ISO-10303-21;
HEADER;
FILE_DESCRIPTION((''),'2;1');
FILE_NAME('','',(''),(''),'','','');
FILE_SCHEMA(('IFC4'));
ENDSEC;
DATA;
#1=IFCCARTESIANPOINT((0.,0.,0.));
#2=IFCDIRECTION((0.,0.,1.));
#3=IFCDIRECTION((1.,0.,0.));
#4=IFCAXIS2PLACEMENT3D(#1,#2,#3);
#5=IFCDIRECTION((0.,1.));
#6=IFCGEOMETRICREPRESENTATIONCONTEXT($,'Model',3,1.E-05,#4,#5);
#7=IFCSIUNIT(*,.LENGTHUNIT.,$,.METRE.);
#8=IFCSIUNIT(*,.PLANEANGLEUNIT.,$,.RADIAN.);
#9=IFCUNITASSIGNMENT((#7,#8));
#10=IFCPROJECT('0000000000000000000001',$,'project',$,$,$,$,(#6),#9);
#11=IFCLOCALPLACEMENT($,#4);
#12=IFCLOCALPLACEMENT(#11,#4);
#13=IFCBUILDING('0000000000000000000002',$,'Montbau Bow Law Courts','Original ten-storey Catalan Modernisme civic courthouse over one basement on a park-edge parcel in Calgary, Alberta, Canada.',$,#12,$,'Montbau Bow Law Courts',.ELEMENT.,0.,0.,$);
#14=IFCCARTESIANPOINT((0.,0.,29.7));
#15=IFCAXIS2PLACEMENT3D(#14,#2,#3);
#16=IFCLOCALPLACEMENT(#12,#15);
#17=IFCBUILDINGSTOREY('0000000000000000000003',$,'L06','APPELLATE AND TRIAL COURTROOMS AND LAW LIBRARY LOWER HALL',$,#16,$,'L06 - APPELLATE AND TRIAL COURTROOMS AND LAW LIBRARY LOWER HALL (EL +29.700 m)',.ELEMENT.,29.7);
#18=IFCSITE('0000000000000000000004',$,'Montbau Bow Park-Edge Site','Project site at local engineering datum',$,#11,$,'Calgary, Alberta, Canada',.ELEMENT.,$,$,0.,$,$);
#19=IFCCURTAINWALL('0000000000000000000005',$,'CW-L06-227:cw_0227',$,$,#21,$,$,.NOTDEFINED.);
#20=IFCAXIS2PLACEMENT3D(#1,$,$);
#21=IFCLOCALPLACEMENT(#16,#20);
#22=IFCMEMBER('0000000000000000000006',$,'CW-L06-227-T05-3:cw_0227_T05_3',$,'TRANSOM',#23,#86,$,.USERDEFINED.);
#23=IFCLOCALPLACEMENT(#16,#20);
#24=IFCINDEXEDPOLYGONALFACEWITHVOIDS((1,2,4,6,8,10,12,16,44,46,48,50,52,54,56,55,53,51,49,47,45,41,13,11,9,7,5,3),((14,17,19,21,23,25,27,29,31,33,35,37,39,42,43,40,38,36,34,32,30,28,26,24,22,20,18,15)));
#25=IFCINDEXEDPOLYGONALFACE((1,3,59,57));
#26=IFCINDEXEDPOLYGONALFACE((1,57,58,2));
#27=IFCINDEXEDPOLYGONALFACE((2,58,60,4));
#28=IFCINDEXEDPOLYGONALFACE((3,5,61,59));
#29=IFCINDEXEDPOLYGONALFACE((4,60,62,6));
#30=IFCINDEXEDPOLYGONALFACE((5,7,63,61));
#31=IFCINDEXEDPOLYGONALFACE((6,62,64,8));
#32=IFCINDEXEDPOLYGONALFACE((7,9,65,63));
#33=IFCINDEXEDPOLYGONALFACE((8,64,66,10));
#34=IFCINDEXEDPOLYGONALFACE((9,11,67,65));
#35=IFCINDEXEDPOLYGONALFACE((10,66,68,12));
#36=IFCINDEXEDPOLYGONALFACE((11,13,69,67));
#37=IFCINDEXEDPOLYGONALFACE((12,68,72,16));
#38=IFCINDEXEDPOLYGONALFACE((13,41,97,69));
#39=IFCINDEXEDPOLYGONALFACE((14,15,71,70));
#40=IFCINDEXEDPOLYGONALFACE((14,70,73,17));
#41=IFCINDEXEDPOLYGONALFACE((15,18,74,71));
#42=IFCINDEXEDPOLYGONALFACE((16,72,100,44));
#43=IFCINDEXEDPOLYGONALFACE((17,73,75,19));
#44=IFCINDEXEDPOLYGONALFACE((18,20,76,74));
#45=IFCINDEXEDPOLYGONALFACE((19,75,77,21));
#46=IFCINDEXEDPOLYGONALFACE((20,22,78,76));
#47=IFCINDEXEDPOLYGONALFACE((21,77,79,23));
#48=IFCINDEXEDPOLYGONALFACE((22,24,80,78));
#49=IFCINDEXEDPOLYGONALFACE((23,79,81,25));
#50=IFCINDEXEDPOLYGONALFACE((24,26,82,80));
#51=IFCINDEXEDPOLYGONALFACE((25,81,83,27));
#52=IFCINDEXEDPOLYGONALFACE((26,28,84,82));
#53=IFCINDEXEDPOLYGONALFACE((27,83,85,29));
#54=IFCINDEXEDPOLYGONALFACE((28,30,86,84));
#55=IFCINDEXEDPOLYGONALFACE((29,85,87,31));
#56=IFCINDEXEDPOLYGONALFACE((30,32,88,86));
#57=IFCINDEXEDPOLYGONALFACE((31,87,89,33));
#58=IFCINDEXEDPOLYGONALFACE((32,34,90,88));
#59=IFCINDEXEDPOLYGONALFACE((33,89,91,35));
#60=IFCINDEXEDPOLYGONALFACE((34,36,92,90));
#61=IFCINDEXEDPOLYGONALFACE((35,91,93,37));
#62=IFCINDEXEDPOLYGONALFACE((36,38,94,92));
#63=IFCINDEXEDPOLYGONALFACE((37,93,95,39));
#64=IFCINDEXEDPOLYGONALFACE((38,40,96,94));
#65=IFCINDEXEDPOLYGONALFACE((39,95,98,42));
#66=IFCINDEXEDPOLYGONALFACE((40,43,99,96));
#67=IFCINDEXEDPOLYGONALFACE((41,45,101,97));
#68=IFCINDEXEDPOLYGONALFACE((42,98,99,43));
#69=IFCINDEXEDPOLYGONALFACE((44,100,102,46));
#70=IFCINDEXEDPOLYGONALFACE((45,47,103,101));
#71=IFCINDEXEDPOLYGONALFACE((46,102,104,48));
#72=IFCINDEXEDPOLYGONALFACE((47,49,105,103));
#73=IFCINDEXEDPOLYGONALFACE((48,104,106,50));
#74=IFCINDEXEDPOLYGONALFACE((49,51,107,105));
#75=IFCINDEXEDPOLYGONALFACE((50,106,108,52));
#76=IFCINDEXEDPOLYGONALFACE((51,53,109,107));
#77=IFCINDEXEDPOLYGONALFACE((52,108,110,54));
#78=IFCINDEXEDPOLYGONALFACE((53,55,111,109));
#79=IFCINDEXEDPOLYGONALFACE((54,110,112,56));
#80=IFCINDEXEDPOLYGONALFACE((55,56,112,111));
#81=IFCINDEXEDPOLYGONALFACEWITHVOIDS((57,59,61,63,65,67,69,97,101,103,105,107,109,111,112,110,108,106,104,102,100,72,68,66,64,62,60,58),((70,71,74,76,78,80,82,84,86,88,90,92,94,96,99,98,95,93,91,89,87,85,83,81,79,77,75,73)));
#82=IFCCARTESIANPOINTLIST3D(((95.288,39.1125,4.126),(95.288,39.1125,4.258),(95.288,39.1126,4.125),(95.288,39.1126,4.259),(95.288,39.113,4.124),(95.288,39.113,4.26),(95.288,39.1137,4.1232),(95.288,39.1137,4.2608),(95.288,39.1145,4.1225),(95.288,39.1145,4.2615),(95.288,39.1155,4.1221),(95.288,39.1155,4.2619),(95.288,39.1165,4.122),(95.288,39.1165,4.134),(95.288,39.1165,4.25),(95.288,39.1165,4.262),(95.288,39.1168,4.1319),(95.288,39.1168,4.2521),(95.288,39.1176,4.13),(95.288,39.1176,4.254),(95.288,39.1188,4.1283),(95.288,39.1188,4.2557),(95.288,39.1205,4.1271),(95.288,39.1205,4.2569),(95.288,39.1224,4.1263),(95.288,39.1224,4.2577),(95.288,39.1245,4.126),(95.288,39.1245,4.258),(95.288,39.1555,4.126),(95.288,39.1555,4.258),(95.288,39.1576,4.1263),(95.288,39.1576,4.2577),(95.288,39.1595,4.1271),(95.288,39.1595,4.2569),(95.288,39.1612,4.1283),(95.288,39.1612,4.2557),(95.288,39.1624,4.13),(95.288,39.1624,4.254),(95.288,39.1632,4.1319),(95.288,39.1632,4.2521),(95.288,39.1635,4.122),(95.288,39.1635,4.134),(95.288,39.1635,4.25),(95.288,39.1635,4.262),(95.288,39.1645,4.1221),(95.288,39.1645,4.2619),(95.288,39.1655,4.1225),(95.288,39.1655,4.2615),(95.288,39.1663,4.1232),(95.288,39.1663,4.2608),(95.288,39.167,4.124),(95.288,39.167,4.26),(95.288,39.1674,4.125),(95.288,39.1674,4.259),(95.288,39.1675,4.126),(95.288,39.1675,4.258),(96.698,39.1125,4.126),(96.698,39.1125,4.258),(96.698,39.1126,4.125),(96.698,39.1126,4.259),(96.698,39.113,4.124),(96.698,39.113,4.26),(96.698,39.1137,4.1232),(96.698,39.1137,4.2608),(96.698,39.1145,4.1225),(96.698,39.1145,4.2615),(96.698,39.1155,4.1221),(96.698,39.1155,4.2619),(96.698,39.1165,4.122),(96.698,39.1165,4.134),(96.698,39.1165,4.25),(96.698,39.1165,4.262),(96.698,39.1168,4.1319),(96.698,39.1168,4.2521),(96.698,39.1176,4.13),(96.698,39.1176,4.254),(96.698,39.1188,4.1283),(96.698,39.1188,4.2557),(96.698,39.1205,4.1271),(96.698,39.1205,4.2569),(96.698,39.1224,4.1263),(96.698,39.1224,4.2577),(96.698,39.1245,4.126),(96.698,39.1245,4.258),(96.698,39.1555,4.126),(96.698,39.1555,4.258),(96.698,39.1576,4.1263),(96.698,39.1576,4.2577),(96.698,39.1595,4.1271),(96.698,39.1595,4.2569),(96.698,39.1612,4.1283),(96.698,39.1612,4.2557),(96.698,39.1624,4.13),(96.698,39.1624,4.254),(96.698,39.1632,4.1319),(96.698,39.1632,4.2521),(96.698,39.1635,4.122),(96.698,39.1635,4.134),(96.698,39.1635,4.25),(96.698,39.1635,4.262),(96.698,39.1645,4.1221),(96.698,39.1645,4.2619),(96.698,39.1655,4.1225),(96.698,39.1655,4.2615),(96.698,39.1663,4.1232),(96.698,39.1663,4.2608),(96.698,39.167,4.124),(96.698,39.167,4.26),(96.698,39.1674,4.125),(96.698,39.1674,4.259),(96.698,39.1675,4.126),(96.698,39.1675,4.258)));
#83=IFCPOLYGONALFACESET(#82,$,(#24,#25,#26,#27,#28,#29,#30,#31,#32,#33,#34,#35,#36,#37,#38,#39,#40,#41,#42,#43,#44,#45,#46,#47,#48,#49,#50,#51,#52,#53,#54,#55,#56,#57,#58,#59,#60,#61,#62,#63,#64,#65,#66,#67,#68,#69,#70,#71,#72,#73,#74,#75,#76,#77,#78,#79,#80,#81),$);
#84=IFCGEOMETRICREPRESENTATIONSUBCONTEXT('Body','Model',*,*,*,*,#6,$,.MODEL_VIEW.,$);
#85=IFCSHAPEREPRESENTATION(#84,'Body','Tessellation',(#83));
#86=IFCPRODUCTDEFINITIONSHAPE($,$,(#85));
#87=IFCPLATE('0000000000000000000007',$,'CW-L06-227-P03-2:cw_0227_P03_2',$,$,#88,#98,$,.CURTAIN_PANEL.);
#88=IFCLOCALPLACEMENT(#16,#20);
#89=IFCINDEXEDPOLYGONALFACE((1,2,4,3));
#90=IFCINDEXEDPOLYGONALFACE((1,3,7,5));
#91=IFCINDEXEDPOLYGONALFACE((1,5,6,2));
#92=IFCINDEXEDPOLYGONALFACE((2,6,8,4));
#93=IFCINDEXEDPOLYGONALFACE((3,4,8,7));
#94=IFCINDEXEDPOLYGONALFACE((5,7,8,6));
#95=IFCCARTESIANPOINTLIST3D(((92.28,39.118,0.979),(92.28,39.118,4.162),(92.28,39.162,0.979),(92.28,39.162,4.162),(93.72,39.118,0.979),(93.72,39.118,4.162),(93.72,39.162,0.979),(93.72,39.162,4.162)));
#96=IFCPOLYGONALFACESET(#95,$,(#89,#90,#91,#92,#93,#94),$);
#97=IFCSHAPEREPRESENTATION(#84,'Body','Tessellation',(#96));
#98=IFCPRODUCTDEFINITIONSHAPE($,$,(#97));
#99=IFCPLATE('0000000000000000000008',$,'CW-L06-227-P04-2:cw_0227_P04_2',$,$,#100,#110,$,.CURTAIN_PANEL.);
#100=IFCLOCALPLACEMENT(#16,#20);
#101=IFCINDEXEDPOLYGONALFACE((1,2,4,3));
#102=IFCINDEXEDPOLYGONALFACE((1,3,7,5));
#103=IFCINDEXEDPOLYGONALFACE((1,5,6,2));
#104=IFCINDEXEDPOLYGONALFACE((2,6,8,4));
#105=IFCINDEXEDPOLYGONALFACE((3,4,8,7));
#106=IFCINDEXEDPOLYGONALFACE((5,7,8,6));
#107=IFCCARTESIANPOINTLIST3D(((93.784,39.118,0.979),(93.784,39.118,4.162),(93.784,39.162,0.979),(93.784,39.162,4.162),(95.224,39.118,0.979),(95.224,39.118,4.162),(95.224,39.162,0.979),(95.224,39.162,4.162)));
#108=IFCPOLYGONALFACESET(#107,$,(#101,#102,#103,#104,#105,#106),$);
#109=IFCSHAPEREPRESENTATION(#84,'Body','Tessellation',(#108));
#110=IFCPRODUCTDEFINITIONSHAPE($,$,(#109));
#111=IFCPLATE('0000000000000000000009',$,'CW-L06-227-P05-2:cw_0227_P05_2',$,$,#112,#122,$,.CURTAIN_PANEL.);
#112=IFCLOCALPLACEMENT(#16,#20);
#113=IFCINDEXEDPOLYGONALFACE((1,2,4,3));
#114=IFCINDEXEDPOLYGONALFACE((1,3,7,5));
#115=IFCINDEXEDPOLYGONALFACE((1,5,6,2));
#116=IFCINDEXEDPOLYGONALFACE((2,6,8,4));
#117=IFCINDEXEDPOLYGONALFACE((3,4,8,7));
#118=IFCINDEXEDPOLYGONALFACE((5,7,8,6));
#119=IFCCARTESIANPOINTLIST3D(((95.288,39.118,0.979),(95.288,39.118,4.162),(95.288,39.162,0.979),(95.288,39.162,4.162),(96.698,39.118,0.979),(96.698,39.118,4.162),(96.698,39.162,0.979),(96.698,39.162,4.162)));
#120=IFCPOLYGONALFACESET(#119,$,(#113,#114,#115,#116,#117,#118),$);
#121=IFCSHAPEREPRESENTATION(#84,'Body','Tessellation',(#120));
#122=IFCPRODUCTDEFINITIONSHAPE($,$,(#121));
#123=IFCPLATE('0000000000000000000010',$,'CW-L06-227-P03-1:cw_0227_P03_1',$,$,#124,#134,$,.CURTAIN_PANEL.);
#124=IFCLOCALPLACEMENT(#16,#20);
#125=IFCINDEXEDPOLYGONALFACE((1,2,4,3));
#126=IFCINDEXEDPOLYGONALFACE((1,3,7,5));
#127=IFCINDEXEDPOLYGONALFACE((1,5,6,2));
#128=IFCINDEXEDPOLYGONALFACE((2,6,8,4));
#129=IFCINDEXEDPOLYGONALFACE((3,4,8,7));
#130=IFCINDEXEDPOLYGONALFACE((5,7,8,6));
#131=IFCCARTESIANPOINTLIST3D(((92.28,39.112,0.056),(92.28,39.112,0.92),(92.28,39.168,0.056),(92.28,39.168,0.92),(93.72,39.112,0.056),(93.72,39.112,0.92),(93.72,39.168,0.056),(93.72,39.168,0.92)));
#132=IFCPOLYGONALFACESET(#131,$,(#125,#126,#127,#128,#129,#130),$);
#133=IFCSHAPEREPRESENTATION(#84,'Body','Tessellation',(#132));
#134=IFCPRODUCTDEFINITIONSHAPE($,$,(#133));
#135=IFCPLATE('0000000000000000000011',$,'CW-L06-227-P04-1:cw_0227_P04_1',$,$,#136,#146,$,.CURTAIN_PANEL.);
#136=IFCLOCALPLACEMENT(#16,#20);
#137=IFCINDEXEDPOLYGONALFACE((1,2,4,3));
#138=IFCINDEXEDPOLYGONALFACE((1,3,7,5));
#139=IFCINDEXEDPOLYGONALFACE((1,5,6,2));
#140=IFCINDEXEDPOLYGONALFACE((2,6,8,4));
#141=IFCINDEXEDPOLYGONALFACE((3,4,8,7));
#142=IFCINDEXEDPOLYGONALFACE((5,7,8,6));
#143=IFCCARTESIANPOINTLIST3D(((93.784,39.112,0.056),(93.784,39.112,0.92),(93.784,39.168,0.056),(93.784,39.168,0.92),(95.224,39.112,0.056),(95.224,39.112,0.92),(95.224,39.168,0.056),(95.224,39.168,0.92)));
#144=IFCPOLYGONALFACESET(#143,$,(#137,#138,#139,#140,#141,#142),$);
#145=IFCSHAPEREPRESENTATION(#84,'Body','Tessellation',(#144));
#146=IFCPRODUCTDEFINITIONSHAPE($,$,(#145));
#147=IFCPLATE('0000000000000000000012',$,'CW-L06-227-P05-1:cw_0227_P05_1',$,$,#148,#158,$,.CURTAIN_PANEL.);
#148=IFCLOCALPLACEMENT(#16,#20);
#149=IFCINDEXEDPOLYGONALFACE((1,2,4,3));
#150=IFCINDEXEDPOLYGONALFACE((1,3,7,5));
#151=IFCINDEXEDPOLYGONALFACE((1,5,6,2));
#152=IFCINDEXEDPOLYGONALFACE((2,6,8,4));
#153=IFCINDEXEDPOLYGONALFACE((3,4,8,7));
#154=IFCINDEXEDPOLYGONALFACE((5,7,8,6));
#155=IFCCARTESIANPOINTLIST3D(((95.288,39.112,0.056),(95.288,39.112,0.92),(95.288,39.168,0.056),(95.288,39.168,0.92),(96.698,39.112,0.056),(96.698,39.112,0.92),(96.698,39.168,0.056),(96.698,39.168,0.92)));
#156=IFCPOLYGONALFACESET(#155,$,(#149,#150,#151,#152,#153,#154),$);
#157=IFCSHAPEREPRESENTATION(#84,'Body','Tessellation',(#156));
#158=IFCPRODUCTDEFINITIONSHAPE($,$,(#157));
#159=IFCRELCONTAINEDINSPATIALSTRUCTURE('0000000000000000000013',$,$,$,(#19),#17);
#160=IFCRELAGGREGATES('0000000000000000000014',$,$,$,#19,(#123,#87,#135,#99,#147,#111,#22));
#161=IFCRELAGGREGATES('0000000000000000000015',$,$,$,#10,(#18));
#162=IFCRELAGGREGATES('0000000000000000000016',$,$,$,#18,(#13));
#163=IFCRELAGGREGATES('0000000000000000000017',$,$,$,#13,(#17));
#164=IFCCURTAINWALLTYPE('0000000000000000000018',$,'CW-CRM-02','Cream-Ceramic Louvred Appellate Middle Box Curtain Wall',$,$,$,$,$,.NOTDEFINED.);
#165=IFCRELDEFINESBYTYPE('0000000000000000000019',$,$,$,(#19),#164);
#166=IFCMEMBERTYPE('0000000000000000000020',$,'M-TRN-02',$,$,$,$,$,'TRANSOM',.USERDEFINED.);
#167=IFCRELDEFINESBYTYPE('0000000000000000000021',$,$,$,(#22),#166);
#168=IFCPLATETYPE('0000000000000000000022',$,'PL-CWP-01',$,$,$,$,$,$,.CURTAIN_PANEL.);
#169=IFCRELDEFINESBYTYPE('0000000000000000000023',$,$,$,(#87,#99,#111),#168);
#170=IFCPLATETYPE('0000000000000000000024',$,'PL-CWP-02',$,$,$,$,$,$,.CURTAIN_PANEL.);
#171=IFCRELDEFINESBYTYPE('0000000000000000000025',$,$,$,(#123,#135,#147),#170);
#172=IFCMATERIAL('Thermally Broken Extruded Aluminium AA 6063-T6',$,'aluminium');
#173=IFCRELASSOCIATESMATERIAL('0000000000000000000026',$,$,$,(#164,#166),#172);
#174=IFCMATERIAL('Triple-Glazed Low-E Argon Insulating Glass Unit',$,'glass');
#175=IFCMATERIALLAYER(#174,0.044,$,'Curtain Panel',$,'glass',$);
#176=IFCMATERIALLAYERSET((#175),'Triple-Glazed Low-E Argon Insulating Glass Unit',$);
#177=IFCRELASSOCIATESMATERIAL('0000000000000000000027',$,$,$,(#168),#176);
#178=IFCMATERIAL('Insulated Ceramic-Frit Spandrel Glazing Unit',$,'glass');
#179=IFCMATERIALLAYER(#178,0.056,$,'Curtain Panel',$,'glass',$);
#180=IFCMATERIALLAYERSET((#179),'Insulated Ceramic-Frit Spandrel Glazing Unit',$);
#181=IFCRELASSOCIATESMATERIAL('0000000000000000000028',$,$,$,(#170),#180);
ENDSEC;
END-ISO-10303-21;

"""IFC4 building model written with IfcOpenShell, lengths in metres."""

from ifc_helpers import new_model, si_unit, direction, frame, frame_2d, origin_with_axes, origin_2d_with_axis, place, context, subcontext, project, spatial, rectangle, hollow_rectangle, extrude, material, layer, layer_set, material_profile, profile_set, type_object, element, aggregate, save


model = new_model("IFC4")

# Units and contexts
model_context = context("Model", 3, precision=1e-05, world=origin_with_axes(), true_north=direction((0.0, 1.0)))
body_context = subcontext(model_context, "Body", "Model", "MODEL_VIEW")
ifc_project = project(units=[si_unit("LENGTHUNIT", "METRE"), si_unit("PLANEANGLEUNIT", "RADIAN")], contexts=[model_context])

# Site, building, storey
site_placement = place(None, origin_with_axes())
site = spatial("IfcSite", under=ifc_project, at=site_placement, Name="Montbau Bow Park-Edge Site", Description="Project site at local engineering datum", LongName="Calgary, Alberta, Canada", CompositionType="ELEMENT", RefElevation=0.0)
building_placement = place(site_placement, origin_with_axes())
building = spatial("IfcBuilding", under=site, at=building_placement, Name="Montbau Bow Law Courts", Description="Original ten-storey Catalan Modernisme civic courthouse over one basement on a park-edge parcel in Calgary, Alberta, Canada.", LongName="Montbau Bow Law Courts", CompositionType="ELEMENT", ElevationOfRefHeight=0.0, ElevationOfTerrain=0.0)
storey_placement = place(building_placement, frame((0.0, 0.0, 29.7), z_axis=(0.0, 0.0, 1.0), x_axis=(1.0, 0.0, 0.0)))
storey = spatial("IfcBuildingStorey", under=building, at=storey_placement, Name="L06", Description="APPELLATE AND TRIAL COURTROOMS AND LAW LIBRARY LOWER HALL", LongName="L06 - APPELLATE AND TRIAL COURTROOMS AND LAW LIBRARY LOWER HALL (EL +29.700 m)", CompositionType="ELEMENT", Elevation=29.7)

# Curtain wall, member, plates
ifc_material_1 = material(Name="Thermally Broken Extruded Aluminium AA 6063-T6", Category="aluminium")
curtain_wall_type = type_object("IfcCurtainWallType", Name="CW-CRM-02", Description="Cream-Ceramic Louvred Appellate Middle Box Curtain Wall", PredefinedType="NOTDEFINED", material=ifc_material_1)
curtain_wall_placement = place(None, frame((89.24, 39.14, 29.7), z_axis=(0.0, 0.0, 1.0), x_axis=(1.0, 0.0, 0.0)))
curtain_wall = element("IfcCurtainWall", 1, at=curtain_wall_placement, inside=storey, type_object=curtain_wall_type, Name="CW-L06-227:cw_0227", PredefinedType="NOTDEFINED")
ifc_material_profile_1 = material_profile(ifc_material_1, hollow_rectangle(XDim=0.055, YDim=0.14, WallThickness=0.004, InnerFilletRadius=0.008, OuterFilletRadius=0.004, at=origin_2d_with_axis()), Name="CWT-140X55", Category="Main", Priority=0)
ifc_profile_set_1 = profile_set([ifc_material_profile_1], Name="Thermally Broken Extruded Aluminium AA 6063-T6")
member_type_1 = type_object("IfcMemberType", Name="M-TRN-02", ElementType="TRANSOM", PredefinedType="USERDEFINED", material=ifc_profile_set_1)
member_1_placement = place(None, frame((95.288, 39.14, 33.892), z_axis=(1.0, 0.0, 0.0), x_axis=(0.0, 1.0, 0.0)))
member_1 = element("IfcMember", 2, at=member_1_placement, type_object=member_type_1, Name="CW-L06-227-T05-3:cw_0227_T05_3", ObjectType="TRANSOM", PredefinedType="USERDEFINED", context=body_context, shape_type="SweptSolid", body=[
    extrude(hollow_rectangle(XDim=0.055, YDim=0.14, WallThickness=0.004, InnerFilletRadius=0.008, OuterFilletRadius=0.004, at=origin_2d_with_axis()), origin_with_axes(), (0.0, 0.0, 1.0), 1.41),
])
ifc_material_2 = material(Name="Triple-Glazed Low-E Argon Insulating Glass Unit", Category="glass")
ifc_layer_1 = layer(ifc_material_2, 0.044, Name="Curtain Panel", Category="glass")
ifc_layer_set_1 = layer_set([ifc_layer_1], Name="Triple-Glazed Low-E Argon Insulating Glass Unit")
plate_type_1 = type_object("IfcPlateType", Name="PL-CWP-01", PredefinedType="CURTAIN_PANEL", material=ifc_layer_set_1)
plate_1_placement = place(None, frame((92.28, 39.14, 30.679), z_axis=(0.0, -1.0, 0.0), x_axis=(1.0, 0.0, 0.0)))
plate_1 = element("IfcPlate", 3, at=plate_1_placement, type_object=plate_type_1, Name="CW-L06-227-P03-2:cw_0227_P03_2", PredefinedType="CURTAIN_PANEL", context=body_context, shape_type="SweptSolid", body=[
    extrude(rectangle(XDim=1.44, YDim=3.183, at=frame_2d((0.72, 1.5915), x_axis=(1.0, 0.0))), frame((0.0, 0.0, -0.022), z_axis=(0.0, 0.0, 1.0), x_axis=(1.0, 0.0, 0.0)), (0.0, 0.0, 1.0), 0.044),
])
plate_2_placement = place(None, frame((93.784, 39.14, 30.679), z_axis=(0.0, -1.0, 0.0), x_axis=(1.0, 0.0, 0.0)))
plate_2 = element("IfcPlate", 4, at=plate_2_placement, type_object=plate_type_1, Name="CW-L06-227-P04-2:cw_0227_P04_2", PredefinedType="CURTAIN_PANEL", context=body_context, shape_type="SweptSolid", body=[
    extrude(rectangle(XDim=1.44, YDim=3.183, at=frame_2d((0.72, 1.5915), x_axis=(1.0, 0.0))), frame((0.0, 0.0, -0.022), z_axis=(0.0, 0.0, 1.0), x_axis=(1.0, 0.0, 0.0)), (0.0, 0.0, 1.0), 0.044),
])
plate_3_placement = place(None, frame((95.288, 39.14, 30.679), z_axis=(0.0, -1.0, 0.0), x_axis=(1.0, 0.0, 0.0)))
plate_3 = element("IfcPlate", 5, at=plate_3_placement, type_object=plate_type_1, Name="CW-L06-227-P05-2:cw_0227_P05_2", PredefinedType="CURTAIN_PANEL", context=body_context, shape_type="SweptSolid", body=[
    extrude(rectangle(XDim=1.41, YDim=3.183, at=frame_2d((0.705, 1.5915), x_axis=(1.0, 0.0))), frame((0.0, 0.0, -0.022), z_axis=(0.0, 0.0, 1.0), x_axis=(1.0, 0.0, 0.0)), (0.0, 0.0, 1.0), 0.044),
])
ifc_material_3 = material(Name="Insulated Ceramic-Frit Spandrel Glazing Unit", Category="glass")
ifc_layer_2 = layer(ifc_material_3, 0.056, Name="Curtain Panel", Category="glass")
ifc_layer_set_2 = layer_set([ifc_layer_2], Name="Insulated Ceramic-Frit Spandrel Glazing Unit")
plate_type_2 = type_object("IfcPlateType", Name="PL-CWP-02", PredefinedType="CURTAIN_PANEL", material=ifc_layer_set_2)
plate_4_placement = place(None, frame((92.28, 39.14, 29.756), z_axis=(0.0, -1.0, 0.0), x_axis=(1.0, 0.0, 0.0)))
plate_4 = element("IfcPlate", 6, at=plate_4_placement, type_object=plate_type_2, Name="CW-L06-227-P03-1:cw_0227_P03_1", PredefinedType="CURTAIN_PANEL", context=body_context, shape_type="SweptSolid", body=[
    extrude(rectangle(XDim=1.44, YDim=0.864, at=frame_2d((0.72, 0.432), x_axis=(1.0, 0.0))), frame((0.0, 0.0, -0.028), z_axis=(0.0, 0.0, 1.0), x_axis=(1.0, 0.0, 0.0)), (0.0, 0.0, 1.0), 0.056),
])
plate_5_placement = place(None, frame((93.784, 39.14, 29.756), z_axis=(0.0, -1.0, 0.0), x_axis=(1.0, 0.0, 0.0)))
plate_5 = element("IfcPlate", 7, at=plate_5_placement, type_object=plate_type_2, Name="CW-L06-227-P04-1:cw_0227_P04_1", PredefinedType="CURTAIN_PANEL", context=body_context, shape_type="SweptSolid", body=[
    extrude(rectangle(XDim=1.44, YDim=0.864, at=frame_2d((0.72, 0.432), x_axis=(1.0, 0.0))), frame((0.0, 0.0, -0.028), z_axis=(0.0, 0.0, 1.0), x_axis=(1.0, 0.0, 0.0)), (0.0, 0.0, 1.0), 0.056),
])
plate_6_placement = place(None, frame((95.288, 39.14, 29.756), z_axis=(0.0, -1.0, 0.0), x_axis=(1.0, 0.0, 0.0)))
plate_6 = element("IfcPlate", 8, at=plate_6_placement, type_object=plate_type_2, Name="CW-L06-227-P05-1:cw_0227_P05_1", PredefinedType="CURTAIN_PANEL", context=body_context, shape_type="SweptSolid", body=[
    extrude(rectangle(XDim=1.41, YDim=0.864, at=frame_2d((0.705, 0.432), x_axis=(1.0, 0.0))), frame((0.0, 0.0, -0.028), z_axis=(0.0, 0.0, 1.0), x_axis=(1.0, 0.0, 0.0)), (0.0, 0.0, 1.0), 0.056),
])
aggregate(curtain_wall, [plate_4, plate_1, plate_5, plate_2, plate_6, plate_3, member_1])

save(model, "model.ifc")
